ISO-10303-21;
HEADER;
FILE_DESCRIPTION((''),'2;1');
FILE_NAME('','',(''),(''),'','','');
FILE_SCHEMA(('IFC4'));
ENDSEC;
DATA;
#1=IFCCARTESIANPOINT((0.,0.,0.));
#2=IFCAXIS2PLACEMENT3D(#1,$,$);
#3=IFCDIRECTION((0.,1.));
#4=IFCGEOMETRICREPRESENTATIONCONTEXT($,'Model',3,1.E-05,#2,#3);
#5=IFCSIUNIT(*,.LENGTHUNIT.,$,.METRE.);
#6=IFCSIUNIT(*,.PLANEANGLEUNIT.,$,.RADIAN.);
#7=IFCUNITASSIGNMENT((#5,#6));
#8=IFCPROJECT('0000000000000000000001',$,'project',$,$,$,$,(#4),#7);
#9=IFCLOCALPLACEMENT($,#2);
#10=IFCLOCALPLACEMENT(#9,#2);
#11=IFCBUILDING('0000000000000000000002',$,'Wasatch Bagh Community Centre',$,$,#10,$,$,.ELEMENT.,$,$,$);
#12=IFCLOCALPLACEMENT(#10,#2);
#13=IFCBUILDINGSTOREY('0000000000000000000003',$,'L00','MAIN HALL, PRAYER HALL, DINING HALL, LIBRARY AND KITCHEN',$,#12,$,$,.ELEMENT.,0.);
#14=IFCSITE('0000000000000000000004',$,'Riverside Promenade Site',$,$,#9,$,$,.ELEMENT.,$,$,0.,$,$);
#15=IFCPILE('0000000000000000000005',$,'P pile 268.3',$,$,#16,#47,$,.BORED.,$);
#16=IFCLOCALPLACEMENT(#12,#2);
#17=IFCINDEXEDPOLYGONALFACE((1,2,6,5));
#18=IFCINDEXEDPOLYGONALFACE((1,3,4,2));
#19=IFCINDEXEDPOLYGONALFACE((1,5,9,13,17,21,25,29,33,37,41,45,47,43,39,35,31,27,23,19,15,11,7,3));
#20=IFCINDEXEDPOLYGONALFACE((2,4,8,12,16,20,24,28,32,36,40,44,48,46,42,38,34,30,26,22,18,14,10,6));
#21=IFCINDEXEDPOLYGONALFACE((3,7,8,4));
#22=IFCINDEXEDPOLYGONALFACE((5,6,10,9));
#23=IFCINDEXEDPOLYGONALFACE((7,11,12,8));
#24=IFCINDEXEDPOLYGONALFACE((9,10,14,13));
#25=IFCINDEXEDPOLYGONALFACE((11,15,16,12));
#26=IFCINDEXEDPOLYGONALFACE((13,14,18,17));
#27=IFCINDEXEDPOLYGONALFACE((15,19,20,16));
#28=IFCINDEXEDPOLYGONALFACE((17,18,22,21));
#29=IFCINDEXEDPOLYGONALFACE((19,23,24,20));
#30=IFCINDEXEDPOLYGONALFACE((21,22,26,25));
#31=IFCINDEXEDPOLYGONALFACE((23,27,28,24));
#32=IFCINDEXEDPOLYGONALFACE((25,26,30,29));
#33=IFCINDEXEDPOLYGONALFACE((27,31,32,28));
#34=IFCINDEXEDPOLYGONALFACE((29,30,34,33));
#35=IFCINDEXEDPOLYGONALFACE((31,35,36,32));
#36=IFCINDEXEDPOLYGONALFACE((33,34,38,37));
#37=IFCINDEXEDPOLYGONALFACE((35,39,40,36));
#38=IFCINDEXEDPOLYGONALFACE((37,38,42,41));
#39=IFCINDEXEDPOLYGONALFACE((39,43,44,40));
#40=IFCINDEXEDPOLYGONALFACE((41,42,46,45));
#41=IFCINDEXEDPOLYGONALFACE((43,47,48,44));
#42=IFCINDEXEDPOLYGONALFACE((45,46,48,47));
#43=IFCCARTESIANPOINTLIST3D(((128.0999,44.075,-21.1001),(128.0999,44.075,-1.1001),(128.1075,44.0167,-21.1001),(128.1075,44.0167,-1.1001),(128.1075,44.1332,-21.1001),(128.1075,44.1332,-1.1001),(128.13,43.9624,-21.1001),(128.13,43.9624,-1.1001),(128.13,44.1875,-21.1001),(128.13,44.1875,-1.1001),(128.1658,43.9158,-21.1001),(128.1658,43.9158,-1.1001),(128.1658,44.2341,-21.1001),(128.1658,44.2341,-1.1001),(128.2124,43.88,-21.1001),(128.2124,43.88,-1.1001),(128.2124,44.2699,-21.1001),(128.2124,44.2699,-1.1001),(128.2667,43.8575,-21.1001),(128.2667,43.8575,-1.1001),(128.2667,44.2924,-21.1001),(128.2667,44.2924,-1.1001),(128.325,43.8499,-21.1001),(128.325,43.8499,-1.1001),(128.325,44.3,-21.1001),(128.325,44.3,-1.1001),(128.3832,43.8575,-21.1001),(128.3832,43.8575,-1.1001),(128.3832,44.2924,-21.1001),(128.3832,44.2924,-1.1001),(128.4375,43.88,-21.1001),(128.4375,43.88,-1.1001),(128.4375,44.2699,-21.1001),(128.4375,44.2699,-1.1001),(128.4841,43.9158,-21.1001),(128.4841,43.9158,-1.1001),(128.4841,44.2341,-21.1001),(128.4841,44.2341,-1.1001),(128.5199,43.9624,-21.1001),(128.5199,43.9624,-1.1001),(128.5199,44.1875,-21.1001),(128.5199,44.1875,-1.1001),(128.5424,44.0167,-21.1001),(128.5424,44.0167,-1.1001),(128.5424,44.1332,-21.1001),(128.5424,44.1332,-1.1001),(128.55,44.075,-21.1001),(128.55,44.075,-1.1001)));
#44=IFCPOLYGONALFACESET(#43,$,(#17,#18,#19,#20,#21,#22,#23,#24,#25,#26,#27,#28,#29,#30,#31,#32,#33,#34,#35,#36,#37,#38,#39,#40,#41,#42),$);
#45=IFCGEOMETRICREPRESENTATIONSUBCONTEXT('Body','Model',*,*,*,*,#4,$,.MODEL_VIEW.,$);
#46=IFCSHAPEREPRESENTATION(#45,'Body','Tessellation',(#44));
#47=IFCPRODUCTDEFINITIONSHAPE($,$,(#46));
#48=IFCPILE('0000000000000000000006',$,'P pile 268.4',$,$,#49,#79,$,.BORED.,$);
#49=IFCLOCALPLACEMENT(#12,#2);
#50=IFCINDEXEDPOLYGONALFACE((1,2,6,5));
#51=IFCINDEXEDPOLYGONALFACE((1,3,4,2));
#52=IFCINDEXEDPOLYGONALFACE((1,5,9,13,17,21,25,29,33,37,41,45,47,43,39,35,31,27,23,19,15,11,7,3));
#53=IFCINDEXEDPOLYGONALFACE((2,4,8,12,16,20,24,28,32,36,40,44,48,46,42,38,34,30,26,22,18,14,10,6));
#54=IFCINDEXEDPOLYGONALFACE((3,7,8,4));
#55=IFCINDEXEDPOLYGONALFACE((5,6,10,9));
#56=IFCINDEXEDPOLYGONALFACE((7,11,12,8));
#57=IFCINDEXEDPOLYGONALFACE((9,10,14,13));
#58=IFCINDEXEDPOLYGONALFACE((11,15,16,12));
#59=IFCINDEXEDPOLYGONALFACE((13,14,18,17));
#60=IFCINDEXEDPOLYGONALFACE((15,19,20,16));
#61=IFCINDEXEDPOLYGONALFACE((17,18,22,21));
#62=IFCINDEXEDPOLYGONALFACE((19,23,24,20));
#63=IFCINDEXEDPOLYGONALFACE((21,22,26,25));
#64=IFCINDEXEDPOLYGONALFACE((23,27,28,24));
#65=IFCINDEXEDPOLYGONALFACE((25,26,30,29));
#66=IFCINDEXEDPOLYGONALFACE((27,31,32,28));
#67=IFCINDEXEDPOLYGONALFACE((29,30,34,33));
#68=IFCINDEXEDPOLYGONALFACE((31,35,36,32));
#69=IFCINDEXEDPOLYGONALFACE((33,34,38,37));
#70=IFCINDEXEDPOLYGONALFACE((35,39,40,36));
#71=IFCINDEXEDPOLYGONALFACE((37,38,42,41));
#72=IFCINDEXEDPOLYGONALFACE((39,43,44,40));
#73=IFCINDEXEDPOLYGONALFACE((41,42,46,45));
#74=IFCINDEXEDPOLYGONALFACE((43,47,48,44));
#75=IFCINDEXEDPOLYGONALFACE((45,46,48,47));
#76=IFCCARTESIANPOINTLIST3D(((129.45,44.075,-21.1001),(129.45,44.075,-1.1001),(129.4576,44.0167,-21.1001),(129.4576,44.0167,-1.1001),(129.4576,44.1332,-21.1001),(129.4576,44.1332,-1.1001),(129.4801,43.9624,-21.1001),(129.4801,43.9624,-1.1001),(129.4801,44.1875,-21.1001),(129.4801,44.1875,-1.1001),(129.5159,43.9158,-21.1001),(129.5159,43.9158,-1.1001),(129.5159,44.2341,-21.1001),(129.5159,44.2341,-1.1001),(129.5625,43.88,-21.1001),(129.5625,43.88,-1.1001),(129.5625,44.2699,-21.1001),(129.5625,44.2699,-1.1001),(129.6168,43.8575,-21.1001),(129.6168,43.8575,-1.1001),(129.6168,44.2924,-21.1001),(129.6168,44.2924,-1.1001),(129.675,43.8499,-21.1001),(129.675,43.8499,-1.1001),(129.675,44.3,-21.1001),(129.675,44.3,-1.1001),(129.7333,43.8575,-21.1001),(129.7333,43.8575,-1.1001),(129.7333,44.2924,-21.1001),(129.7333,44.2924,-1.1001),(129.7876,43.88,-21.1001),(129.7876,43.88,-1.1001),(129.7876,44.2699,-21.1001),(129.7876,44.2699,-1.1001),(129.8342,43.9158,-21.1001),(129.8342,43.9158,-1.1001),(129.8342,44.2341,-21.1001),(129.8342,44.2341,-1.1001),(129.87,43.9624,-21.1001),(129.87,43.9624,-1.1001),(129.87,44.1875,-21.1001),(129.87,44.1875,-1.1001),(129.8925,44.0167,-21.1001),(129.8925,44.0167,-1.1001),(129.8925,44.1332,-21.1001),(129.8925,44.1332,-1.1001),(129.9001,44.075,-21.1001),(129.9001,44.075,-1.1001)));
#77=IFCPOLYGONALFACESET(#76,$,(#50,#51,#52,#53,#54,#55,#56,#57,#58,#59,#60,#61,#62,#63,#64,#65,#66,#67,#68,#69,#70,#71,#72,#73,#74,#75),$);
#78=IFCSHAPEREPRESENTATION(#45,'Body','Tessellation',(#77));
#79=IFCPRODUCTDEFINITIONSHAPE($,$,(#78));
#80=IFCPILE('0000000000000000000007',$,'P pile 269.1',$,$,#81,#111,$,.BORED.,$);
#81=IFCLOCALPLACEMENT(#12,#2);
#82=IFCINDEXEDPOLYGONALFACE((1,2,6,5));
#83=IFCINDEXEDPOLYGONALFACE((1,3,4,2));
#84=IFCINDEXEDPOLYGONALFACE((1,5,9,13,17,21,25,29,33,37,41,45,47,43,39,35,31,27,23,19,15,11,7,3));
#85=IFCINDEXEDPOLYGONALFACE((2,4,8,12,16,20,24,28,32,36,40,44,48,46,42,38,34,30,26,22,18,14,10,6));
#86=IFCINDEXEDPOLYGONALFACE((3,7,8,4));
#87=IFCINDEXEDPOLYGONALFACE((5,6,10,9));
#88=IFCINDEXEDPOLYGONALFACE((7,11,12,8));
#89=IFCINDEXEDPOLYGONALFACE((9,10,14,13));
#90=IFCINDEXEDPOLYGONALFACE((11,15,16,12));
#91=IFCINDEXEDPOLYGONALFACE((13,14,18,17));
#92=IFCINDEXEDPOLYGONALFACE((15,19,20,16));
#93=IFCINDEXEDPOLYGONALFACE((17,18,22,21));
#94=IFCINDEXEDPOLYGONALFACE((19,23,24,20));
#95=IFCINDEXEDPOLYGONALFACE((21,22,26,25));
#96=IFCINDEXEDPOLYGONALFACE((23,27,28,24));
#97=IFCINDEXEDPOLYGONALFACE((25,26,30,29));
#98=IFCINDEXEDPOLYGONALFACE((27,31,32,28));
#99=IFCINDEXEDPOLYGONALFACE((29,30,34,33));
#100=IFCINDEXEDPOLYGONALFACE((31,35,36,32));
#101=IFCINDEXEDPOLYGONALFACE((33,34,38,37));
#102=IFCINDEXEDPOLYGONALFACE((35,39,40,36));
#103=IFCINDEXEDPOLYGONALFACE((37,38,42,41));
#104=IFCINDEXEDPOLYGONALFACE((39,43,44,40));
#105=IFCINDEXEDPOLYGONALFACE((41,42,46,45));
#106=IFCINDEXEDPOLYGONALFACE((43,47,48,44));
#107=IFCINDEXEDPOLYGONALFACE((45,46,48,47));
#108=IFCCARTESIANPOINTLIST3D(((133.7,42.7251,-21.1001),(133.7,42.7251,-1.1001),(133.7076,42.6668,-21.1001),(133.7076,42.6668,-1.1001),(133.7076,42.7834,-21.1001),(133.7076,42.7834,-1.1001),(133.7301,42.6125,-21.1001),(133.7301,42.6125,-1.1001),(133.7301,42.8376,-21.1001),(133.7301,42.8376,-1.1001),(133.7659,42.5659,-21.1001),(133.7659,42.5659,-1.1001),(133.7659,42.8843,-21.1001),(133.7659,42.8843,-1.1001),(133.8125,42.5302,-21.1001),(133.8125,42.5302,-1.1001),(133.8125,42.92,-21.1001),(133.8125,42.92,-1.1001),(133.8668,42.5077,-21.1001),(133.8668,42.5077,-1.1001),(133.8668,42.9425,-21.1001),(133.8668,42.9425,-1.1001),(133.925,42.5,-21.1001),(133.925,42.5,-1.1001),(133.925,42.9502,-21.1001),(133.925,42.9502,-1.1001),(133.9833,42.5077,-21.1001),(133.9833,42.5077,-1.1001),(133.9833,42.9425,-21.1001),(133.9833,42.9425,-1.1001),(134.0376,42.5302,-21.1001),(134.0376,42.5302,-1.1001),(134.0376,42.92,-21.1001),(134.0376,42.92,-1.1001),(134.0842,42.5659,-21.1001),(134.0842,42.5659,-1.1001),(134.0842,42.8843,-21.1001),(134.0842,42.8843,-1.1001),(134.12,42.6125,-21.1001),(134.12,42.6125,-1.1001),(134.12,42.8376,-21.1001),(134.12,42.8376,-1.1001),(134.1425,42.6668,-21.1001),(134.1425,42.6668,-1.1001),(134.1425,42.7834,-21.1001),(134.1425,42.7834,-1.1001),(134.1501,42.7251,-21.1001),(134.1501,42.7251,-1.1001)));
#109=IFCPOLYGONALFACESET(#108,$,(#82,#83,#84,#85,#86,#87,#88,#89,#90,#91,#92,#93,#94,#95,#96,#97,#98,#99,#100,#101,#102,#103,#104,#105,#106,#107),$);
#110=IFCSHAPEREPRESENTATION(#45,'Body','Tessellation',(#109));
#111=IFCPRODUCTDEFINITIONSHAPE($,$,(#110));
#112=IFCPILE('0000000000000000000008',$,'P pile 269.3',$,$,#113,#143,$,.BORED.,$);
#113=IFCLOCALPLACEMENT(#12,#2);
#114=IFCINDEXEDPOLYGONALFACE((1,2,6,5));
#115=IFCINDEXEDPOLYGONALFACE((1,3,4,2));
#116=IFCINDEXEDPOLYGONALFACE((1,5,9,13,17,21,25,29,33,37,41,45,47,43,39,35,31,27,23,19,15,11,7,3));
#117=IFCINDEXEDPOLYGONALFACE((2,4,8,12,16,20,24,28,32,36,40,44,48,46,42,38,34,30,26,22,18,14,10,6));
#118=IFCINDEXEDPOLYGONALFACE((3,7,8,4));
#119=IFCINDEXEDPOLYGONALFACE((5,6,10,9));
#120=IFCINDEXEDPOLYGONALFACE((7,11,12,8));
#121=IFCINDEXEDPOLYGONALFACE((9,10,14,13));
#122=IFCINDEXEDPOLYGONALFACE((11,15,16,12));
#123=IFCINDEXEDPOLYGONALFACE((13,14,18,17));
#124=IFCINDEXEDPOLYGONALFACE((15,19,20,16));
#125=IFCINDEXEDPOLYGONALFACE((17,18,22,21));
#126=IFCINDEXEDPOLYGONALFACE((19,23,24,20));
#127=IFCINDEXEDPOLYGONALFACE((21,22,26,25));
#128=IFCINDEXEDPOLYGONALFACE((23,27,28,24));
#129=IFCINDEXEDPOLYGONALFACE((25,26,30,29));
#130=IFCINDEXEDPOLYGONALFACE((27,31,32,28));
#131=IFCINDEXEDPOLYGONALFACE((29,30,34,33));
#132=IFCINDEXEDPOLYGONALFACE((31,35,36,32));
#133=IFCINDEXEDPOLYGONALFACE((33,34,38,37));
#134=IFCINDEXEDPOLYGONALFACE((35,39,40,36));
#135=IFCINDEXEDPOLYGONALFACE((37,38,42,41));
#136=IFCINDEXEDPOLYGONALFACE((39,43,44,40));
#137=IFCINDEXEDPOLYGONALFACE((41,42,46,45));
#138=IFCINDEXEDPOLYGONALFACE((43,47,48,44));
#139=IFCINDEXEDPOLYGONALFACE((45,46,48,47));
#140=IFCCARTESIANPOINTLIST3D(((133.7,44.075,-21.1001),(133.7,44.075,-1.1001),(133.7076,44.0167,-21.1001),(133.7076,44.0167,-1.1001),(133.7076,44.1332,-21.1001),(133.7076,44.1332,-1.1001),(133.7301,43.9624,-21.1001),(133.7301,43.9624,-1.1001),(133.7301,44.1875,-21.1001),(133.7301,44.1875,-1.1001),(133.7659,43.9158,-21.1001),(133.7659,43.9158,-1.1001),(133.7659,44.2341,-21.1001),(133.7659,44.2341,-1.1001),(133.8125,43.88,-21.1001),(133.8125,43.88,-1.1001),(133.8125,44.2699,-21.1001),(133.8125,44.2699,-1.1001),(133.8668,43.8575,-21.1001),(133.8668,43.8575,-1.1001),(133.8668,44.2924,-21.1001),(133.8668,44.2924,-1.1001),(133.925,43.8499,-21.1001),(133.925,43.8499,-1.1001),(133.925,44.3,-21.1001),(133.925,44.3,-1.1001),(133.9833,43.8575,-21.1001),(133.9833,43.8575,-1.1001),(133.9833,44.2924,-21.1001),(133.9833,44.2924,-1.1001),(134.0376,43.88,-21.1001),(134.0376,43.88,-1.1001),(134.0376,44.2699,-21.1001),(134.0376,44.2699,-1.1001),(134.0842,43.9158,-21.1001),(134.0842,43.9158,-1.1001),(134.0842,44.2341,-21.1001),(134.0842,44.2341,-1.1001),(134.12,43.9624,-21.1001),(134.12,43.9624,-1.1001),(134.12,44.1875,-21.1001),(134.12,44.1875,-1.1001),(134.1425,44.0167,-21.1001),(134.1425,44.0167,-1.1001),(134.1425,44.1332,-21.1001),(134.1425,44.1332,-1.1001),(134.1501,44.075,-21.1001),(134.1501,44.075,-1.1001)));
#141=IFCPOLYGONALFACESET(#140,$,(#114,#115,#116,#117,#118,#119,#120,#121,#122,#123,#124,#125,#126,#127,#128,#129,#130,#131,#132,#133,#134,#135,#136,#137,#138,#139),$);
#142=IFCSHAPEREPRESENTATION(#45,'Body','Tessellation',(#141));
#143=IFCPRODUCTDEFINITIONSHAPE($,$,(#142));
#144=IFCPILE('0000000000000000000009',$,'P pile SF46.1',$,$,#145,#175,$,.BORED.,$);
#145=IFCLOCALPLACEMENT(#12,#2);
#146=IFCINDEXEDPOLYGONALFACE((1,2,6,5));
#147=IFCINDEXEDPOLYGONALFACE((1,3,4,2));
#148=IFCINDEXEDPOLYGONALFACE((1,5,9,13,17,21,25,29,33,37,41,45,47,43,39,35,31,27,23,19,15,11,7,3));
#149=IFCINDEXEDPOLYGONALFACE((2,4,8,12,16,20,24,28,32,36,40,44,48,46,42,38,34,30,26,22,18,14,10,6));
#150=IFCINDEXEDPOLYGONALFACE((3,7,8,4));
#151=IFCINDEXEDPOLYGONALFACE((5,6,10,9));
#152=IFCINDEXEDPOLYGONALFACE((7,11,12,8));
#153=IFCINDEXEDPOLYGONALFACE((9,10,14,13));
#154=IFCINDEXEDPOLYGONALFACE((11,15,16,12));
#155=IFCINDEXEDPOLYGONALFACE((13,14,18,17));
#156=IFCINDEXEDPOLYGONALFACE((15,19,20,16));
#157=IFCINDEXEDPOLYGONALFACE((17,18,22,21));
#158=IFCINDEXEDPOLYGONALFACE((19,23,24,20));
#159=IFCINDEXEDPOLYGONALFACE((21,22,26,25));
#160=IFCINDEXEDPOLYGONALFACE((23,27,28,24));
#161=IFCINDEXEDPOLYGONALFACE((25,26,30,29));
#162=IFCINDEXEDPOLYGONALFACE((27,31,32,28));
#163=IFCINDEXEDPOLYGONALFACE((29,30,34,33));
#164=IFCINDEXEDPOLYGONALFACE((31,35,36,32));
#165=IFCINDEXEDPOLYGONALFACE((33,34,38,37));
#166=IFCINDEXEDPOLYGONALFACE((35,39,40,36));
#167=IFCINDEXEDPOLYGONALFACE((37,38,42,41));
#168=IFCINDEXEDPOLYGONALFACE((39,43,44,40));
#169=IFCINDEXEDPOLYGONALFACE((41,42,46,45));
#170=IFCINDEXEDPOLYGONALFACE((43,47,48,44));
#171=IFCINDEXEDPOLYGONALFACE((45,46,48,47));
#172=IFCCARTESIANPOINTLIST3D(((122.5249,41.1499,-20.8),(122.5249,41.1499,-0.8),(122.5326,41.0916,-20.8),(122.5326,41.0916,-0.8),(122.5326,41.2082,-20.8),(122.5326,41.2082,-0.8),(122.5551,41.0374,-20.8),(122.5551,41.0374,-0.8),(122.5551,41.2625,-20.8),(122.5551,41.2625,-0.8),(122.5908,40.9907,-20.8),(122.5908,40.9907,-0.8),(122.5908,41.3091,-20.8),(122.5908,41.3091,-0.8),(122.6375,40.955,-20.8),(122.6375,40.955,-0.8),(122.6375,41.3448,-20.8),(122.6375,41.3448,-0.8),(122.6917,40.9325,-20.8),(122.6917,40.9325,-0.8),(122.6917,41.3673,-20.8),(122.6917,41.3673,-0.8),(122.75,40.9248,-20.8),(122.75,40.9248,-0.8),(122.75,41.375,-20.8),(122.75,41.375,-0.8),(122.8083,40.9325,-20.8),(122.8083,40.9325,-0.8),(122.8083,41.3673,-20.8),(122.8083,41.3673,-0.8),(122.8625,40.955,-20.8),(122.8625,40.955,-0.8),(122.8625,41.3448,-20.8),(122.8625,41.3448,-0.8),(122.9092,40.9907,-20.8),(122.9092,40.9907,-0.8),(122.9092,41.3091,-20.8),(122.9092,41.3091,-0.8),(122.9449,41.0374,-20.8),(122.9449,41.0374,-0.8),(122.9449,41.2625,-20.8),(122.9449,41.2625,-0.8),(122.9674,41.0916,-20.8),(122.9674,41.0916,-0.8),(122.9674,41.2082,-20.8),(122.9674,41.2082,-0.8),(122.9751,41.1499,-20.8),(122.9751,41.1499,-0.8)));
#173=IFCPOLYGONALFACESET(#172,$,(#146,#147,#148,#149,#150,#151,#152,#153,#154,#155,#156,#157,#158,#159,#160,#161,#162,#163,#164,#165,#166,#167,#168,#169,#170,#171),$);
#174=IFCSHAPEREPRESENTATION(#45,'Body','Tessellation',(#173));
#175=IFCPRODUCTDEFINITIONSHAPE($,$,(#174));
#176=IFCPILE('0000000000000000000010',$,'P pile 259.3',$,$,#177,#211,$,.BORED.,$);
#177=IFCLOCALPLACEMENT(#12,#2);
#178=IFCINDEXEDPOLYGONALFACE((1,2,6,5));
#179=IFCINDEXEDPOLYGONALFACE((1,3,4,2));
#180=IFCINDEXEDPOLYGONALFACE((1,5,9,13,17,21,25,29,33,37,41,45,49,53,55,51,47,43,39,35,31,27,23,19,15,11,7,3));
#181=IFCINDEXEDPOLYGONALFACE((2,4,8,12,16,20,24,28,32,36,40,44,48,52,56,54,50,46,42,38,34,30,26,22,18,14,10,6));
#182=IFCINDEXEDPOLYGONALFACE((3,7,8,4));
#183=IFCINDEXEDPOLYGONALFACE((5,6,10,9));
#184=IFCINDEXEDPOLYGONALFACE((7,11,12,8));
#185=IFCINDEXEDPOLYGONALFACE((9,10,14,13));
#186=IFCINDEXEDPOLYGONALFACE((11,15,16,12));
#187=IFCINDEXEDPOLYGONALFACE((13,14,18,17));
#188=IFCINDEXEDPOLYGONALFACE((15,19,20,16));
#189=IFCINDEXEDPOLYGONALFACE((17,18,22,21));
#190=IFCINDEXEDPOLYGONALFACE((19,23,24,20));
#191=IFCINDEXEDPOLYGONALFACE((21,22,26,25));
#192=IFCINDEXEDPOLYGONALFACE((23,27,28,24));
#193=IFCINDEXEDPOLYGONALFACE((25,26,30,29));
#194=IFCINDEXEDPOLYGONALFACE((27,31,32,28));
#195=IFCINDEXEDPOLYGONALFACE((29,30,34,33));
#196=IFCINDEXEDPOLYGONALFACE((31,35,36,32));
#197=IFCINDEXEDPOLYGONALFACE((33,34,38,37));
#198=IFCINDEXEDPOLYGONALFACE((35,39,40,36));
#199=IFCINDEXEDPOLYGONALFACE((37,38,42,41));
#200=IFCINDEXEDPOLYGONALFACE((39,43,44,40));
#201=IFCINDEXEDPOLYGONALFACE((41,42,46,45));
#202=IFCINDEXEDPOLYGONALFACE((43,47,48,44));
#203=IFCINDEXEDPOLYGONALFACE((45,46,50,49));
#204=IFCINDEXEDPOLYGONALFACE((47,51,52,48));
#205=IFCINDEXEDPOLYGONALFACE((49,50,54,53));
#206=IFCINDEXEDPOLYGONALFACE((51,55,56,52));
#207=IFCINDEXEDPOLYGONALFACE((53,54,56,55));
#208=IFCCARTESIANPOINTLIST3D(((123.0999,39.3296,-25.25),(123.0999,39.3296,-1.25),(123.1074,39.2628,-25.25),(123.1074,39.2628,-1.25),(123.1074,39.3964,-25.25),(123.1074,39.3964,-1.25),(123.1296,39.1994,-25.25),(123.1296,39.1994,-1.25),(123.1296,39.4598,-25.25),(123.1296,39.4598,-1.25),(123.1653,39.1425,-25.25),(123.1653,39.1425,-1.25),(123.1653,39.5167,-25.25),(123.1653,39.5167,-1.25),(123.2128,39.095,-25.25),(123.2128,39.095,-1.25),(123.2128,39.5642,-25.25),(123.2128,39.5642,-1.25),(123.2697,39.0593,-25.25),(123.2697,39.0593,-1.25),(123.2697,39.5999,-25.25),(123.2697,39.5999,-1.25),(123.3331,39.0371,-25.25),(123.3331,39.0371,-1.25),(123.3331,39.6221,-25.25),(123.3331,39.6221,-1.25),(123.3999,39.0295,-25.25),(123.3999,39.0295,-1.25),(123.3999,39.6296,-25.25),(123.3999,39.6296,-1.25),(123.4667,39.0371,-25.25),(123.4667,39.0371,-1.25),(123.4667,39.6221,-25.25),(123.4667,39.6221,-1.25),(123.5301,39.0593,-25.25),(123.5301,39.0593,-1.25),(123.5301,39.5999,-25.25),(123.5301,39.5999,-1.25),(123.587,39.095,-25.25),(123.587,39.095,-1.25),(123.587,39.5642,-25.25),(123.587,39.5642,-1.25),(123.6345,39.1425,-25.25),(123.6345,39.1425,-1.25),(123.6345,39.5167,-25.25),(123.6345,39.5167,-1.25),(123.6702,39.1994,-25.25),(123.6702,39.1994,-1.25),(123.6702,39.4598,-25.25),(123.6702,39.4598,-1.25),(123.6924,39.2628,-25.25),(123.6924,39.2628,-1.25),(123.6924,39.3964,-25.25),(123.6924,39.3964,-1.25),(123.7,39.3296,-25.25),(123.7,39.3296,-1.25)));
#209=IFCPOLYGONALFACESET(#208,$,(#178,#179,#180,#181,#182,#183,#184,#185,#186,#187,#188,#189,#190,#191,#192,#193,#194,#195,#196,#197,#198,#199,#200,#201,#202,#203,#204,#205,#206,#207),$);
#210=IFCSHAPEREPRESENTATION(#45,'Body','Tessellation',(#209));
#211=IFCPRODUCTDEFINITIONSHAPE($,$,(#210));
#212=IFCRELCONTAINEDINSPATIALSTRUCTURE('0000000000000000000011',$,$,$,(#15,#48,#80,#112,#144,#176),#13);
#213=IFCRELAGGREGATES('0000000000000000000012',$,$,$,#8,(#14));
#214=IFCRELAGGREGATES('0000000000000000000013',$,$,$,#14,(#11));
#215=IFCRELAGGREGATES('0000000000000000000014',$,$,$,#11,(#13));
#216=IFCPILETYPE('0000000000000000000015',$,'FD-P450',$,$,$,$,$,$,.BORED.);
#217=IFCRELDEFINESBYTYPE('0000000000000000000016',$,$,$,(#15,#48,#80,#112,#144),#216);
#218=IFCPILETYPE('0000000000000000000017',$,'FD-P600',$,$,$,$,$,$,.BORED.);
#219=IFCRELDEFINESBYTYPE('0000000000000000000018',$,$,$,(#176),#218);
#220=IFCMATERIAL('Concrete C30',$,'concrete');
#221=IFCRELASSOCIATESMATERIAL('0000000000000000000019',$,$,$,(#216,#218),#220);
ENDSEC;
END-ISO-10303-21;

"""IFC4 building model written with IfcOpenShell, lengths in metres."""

from ifc_helpers import new_model, si_unit, direction, frame, origin, origin_2d, place, context, subcontext, project, spatial, circle, extrude, material, material_profile, profile_set, type_object, element, save


model = new_model("IFC4")

# Units and contexts
model_context = context("Model", 3, precision=1e-05, world=origin(), true_north=direction((0.0, 1.0)))
body_context = subcontext(model_context, "Body", "Model", "MODEL_VIEW")
ifc_project = project(units=[si_unit("LENGTHUNIT", "METRE"), si_unit("PLANEANGLEUNIT", "RADIAN")], contexts=[model_context])

# Site, building, storey
site_placement = place(None, origin())
site = spatial("IfcSite", under=ifc_project, at=site_placement, Name="Riverside Promenade Site", CompositionType="ELEMENT", RefElevation=0.0)
building_placement = place(site_placement, origin())
building = spatial("IfcBuilding", under=site, at=building_placement, Name="Wasatch Bagh Community Centre", CompositionType="ELEMENT")
storey_placement = place(building_placement, origin())
storey = spatial("IfcBuildingStorey", under=building, at=storey_placement, Name="L00", Description="MAIN HALL, PRAYER HALL, DINING HALL, LIBRARY AND KITCHEN", CompositionType="ELEMENT", Elevation=0.0)

# Piles
ifc_material_1 = material(Name="Concrete C30", Category="concrete")
ifc_material_profile_1 = material_profile(ifc_material_1, circle(Radius=0.2251, at=origin_2d()), Name="RC D450")
ifc_profile_set_1 = profile_set([ifc_material_profile_1], Name="Concrete C30")
pile_type_1 = type_object("IfcPileType", Name="FD-P450", PredefinedType="BORED", material=ifc_profile_set_1)
for number, where, z_axis, x_axis, name in (
    (1, (128.325, 44.075, -1.1001), (0.0, 0.0, -1.0), (1.0, 0.0, 0.0), "P pile 268.3"),
    (2, (129.675, 44.075, -1.1001), (0.0, 0.0, -1.0), (1.0, 0.0, 0.0), "P pile 268.4"),
    (3, (133.925, 42.7251, -1.1001), (0.0, 0.0, -1.0), (1.0, 0.0, 0.0), "P pile 269.1"),
    (4, (133.925, 44.075, -1.1001), (0.0, 0.0, -1.0), (1.0, 0.0, 0.0), "P pile 269.3"),
    (5, (122.75, 41.1499, -0.8), (0.0, 0.0, -1.0), (1.0, 0.0, 0.0), "P pile SF46.1"),
):
    element("IfcPile", number, at=place(storey_placement, frame(where, z_axis=z_axis, x_axis=x_axis)), inside=storey, type_object=pile_type_1, Name=name, PredefinedType="BORED", context=body_context, shape_type="SweptSolid", body=[
        extrude(circle(Radius=0.2251, at=origin_2d()), origin(), (0.0, 0.0, 1.0), 20.0),
    ])
ifc_material_profile_2 = material_profile(ifc_material_1, circle(Radius=0.3, at=origin_2d()), Name="RC D600")
ifc_profile_set_2 = profile_set([ifc_material_profile_2], Name="Concrete C30")
pile_type_2 = type_object("IfcPileType", Name="FD-P600", PredefinedType="BORED", material=ifc_profile_set_2)
for number, where, z_axis, x_axis, name in (
    (6, (123.3999, 39.3296, -1.25), (0.0, 0.0, -1.0), (1.0, 0.0, 0.0), "P pile 259.3"),
):
    element("IfcPile", number, at=place(storey_placement, frame(where, z_axis=z_axis, x_axis=x_axis)), inside=storey, type_object=pile_type_2, Name=name, PredefinedType="BORED", context=body_context, shape_type="SweptSolid", body=[
        extrude(circle(Radius=0.3, at=origin_2d()), origin(), (0.0, 0.0, 1.0), 24.0),
    ])

save(model, "model.ifc")
